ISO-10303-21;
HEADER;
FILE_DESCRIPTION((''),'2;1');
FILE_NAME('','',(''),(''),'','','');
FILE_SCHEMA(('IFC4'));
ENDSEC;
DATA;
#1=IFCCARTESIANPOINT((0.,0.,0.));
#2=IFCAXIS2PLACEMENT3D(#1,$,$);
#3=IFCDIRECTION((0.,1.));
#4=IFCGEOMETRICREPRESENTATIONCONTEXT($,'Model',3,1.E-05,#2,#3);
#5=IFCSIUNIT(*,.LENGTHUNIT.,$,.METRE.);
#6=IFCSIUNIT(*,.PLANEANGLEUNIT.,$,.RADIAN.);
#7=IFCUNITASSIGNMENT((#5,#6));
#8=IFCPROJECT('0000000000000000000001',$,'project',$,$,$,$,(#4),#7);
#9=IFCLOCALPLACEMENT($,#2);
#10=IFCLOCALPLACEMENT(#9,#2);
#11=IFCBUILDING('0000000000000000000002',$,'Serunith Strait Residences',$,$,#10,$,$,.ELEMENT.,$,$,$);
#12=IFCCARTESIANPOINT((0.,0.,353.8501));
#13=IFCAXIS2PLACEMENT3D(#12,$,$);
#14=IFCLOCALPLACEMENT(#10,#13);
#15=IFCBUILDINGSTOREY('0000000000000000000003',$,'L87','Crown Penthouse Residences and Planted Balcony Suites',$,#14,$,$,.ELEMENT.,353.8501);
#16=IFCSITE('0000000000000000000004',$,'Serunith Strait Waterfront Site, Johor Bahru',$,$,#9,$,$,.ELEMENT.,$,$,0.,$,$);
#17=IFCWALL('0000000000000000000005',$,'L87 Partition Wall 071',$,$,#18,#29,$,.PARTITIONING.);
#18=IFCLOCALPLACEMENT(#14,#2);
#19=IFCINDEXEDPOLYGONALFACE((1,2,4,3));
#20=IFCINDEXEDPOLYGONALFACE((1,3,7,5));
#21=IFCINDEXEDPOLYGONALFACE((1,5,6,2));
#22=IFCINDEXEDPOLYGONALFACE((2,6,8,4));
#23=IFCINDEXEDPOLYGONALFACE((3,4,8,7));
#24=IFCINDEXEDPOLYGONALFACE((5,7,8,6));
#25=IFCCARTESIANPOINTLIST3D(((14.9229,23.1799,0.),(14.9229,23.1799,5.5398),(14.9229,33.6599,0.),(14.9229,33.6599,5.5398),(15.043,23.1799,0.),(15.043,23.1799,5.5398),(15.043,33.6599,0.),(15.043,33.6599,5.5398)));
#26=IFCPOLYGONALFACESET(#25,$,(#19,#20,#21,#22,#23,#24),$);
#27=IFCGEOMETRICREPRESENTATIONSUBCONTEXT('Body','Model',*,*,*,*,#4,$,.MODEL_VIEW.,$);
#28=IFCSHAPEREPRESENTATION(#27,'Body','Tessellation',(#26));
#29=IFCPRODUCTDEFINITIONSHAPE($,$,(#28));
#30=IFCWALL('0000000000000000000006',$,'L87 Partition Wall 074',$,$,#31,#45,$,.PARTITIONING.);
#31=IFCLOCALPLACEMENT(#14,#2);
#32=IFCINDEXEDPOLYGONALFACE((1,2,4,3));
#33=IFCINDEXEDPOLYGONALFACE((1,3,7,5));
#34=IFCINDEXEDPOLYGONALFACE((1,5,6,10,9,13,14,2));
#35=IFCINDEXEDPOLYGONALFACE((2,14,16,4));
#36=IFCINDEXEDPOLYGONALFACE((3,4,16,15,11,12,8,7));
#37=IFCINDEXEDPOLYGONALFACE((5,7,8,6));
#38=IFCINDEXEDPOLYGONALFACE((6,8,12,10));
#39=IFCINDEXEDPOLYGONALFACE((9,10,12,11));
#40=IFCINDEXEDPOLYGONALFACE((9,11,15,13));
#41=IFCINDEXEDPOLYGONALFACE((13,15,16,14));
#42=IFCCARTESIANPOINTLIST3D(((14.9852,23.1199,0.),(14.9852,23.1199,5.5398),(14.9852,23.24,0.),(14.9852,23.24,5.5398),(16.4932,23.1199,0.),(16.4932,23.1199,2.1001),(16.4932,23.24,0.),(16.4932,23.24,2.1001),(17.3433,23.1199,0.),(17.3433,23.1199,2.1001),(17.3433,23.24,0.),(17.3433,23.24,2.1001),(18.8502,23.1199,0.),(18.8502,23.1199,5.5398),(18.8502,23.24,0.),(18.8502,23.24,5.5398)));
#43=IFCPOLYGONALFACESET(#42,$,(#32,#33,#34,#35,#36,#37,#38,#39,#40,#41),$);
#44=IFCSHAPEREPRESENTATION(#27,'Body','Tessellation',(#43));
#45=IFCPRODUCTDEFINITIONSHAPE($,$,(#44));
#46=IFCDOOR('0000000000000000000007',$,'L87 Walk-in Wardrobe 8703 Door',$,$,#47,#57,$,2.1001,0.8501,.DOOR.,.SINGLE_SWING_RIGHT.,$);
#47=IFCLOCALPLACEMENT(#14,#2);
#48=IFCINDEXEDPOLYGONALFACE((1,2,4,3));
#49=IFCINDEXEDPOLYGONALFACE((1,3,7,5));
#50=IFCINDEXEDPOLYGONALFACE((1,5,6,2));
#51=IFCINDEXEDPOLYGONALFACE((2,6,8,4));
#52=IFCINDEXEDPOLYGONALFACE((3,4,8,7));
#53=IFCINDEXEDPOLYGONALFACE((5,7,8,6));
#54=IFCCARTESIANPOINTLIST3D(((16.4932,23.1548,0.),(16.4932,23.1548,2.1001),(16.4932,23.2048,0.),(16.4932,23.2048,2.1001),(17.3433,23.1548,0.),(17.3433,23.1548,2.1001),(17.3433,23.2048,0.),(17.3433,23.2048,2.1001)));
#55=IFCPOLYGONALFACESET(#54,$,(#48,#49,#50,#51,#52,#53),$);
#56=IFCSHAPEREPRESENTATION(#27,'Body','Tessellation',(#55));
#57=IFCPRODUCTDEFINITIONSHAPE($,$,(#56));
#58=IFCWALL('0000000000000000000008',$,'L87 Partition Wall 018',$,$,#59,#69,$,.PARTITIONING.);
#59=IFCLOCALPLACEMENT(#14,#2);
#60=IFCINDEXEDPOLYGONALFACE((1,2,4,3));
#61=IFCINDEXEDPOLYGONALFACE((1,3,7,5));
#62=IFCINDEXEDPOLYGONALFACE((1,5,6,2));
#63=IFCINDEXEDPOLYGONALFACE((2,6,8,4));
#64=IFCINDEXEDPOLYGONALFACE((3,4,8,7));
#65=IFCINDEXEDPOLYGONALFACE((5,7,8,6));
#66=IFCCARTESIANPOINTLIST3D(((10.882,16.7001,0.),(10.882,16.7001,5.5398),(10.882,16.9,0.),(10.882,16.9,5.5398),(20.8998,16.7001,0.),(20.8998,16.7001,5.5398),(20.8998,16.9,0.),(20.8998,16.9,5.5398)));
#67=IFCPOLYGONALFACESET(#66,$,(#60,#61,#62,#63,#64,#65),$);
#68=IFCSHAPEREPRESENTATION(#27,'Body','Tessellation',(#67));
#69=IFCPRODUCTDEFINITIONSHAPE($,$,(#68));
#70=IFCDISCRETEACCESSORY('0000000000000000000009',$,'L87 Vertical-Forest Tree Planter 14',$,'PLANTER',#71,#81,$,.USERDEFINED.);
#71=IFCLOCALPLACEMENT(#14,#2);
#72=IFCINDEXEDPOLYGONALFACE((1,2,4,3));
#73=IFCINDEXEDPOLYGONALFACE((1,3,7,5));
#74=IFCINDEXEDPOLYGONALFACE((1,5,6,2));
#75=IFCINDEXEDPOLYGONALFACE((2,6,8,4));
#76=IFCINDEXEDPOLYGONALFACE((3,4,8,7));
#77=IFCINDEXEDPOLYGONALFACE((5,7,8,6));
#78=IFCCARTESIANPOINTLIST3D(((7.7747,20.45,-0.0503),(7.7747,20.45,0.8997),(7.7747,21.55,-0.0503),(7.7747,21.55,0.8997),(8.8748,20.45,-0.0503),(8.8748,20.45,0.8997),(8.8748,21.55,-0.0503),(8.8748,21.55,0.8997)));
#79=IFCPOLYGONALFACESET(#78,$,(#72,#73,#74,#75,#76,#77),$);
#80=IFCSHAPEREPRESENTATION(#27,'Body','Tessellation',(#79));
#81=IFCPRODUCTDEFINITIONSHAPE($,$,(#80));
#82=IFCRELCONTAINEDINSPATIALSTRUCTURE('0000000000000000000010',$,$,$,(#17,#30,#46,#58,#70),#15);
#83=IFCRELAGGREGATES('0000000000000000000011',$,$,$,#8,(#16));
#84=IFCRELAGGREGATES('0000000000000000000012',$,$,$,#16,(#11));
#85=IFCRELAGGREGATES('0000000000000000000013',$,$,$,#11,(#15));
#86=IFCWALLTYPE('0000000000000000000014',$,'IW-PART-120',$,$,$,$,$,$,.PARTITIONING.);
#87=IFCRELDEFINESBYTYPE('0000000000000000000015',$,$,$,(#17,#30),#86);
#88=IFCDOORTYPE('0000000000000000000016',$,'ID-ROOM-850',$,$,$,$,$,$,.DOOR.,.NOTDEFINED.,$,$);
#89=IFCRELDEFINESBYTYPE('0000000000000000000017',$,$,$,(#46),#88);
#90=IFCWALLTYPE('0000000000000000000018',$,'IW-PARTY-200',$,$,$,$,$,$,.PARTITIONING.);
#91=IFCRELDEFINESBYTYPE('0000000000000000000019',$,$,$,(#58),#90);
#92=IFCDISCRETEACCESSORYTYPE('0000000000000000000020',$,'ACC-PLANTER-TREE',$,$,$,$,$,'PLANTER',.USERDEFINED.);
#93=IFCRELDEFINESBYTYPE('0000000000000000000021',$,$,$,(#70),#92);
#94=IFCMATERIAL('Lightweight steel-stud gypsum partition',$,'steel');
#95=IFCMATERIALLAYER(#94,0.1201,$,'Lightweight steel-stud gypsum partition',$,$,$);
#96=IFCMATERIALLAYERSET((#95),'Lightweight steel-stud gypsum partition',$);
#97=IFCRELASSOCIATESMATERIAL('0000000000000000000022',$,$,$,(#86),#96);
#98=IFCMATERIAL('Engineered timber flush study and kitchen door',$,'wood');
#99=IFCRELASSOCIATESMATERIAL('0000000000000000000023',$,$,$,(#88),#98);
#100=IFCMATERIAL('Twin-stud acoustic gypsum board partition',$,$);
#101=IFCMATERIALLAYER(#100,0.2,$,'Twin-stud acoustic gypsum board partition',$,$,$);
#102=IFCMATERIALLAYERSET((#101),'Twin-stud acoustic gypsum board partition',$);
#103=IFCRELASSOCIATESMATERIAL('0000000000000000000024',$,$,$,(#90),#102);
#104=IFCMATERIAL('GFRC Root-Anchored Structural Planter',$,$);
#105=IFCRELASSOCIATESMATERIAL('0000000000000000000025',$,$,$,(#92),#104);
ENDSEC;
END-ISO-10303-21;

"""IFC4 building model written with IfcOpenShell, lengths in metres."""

from ifc_helpers import new_model, si_unit, direction, frame, frame_2d, origin, origin_2d, place, context, subcontext, project, spatial, rectangle, extrude, source, transform, mapped, material, layer, layer_set, type_object, element, fill, save


model = new_model("IFC4")

# Units and contexts
model_context = context("Model", 3, precision=1e-05, world=origin(), true_north=direction((0.0, 1.0)))
body_context = subcontext(model_context, "Body", "Model", "MODEL_VIEW")
ifc_project = project(units=[si_unit("LENGTHUNIT", "METRE"), si_unit("PLANEANGLEUNIT", "RADIAN")], contexts=[model_context])

# Site, building, storey
site_placement = place(None, origin())
site = spatial("IfcSite", under=ifc_project, at=site_placement, Name="Serunith Strait Waterfront Site, Johor Bahru", CompositionType="ELEMENT", RefElevation=0.0)
building_placement = place(site_placement, origin())
building = spatial("IfcBuilding", under=site, at=building_placement, Name="Serunith Strait Residences", CompositionType="ELEMENT")
storey_placement = place(building_placement, frame((0.0, 0.0, 353.8501)))
storey = spatial("IfcBuildingStorey", under=building, at=storey_placement, Name="L87", Description="Crown Penthouse Residences and Planted Balcony Suites", CompositionType="ELEMENT", Elevation=353.8501)

# Shared definitions
ifc_material_1 = material(Name="Lightweight steel-stud gypsum partition", Category="steel")
ifc_layer_1 = layer(ifc_material_1, 0.1201, Name="Lightweight steel-stud gypsum partition")
ifc_layer_set_1 = layer_set([ifc_layer_1], Name="Lightweight steel-stud gypsum partition")
wall_type_1 = type_object("IfcWallType", Name="IW-PART-120", PredefinedType="PARTITIONING", material=ifc_layer_set_1)
ifc_material_2 = material(Name="Engineered timber flush study and kitchen door", Category="wood")
door_type_1 = type_object("IfcDoorType", Name="ID-ROOM-850", OperationType="NOTDEFINED", PredefinedType="DOOR", material=ifc_material_2)
shared_shape_1 = source(origin(), body_context, "Body", "SweptSolid", [
    extrude(rectangle(XDim=0.8501, YDim=2.1001, at=frame_2d((0.425, 1.05))), frame((0.0, 0.0249, 0.0), z_axis=(0.0, -1.0, 0.0), x_axis=(1.0, 0.0, 0.0)), (0.0, 0.0, 1.0), 0.05),
])

# Wall
wall_1_placement = place(storey_placement, frame((14.9829, 23.1799, 0.0), z_axis=(0.0, 0.0, 1.0), x_axis=(0.0, 1.0, 0.0)))
element("IfcWall", 1, at=wall_1_placement, inside=storey, type_object=wall_type_1, Name="L87 Partition Wall 071", PredefinedType="PARTITIONING", context=body_context, shape_type="SweptSolid", body=[
    extrude(rectangle(XDim=10.48, YDim=0.1201, at=frame_2d((5.24, 0.0))), origin(), (0.0, 0.0, 1.0), 5.5398),
])

# Wall, opening, door
wall_2_placement = place(storey_placement, frame((14.9851, 23.1799, 0.0), z_axis=(0.0, 0.0, 1.0), x_axis=(1.0, 0.0, 0.0)))
wall_2 = element("IfcWall", 2, at=wall_2_placement, inside=storey, type_object=wall_type_1, Name="L87 Partition Wall 074", PredefinedType="PARTITIONING", context=body_context, shape_type="SweptSolid", body=[
    extrude(rectangle(XDim=3.865, YDim=0.1201, at=frame_2d((1.9326, 0.0))), origin(), (0.0, 0.0, 1.0), 5.5398),
])
opening_1_placement = place(wall_2_placement, frame((1.5081, 0.0, 0.0)))
opening_1 = element("IfcOpeningElement", 3, at=opening_1_placement, cuts=wall_2, PredefinedType="OPENING", context=body_context, shape_type="SweptSolid", body=[
    extrude(rectangle(XDim=0.8501, YDim=2.1001, at=frame_2d((0.425, 1.05))), frame((0.0, 0.0701, 0.0), z_axis=(0.0, -1.0, 0.0), x_axis=(1.0, 0.0, 0.0)), (0.0, 0.0, 1.0), 0.1401),
])
door_1_placement = place(opening_1_placement, origin())
door_1 = element("IfcDoor", 4, at=door_1_placement, inside=storey, type_object=door_type_1, Name="L87 Walk-in Wardrobe 8703 Door", OperationType="SINGLE_SWING_RIGHT", OverallHeight=2.1001, OverallWidth=0.8501, PredefinedType="DOOR", context=body_context, shape_type="MappedRepresentation", body=[
    mapped(shared_shape_1, transform((0.0, 0.0, 0.0), scale=1.0)),
])
fill(opening_1, door_1)

# Wall
ifc_material_3 = material(Name="Twin-stud acoustic gypsum board partition")
ifc_layer_2 = layer(ifc_material_3, 0.2, Name="Twin-stud acoustic gypsum board partition")
ifc_layer_set_2 = layer_set([ifc_layer_2], Name="Twin-stud acoustic gypsum board partition")
wall_type_2 = type_object("IfcWallType", Name="IW-PARTY-200", PredefinedType="PARTITIONING", material=ifc_layer_set_2)
wall_3_placement = place(storey_placement, frame((10.8821, 16.8, 0.0), z_axis=(0.0, 0.0, 1.0), x_axis=(1.0, 0.0, 0.0)))
element("IfcWall", 5, at=wall_3_placement, inside=storey, type_object=wall_type_2, Name="L87 Partition Wall 018", PredefinedType="PARTITIONING", context=body_context, shape_type="SweptSolid", body=[
    extrude(rectangle(XDim=10.0178, YDim=0.2, at=frame_2d((5.0088, 0.0))), origin(), (0.0, 0.0, 1.0), 5.5398),
])

# Discrete accessory
ifc_material_4 = material(Name="GFRC Root-Anchored Structural Planter")
discrete_accessory_type = type_object("IfcDiscreteAccessoryType", Name="ACC-PLANTER-TREE", ElementType="PLANTER", PredefinedType="USERDEFINED", material=ifc_material_4)
shared_shape_2 = source(origin(), body_context, "Body", "SweptSolid", [
    extrude(rectangle(XDim=1.1001, YDim=1.1001, at=origin_2d()), origin(), (0.0, 0.0, 1.0), 0.95),
])
discrete_accessory_placement = place(storey_placement, frame((8.3247, 21.0, -0.0503), z_axis=(0.0, 0.0, 1.0), x_axis=(0.0, -1.0, 0.0)))
element("IfcDiscreteAccessory", 6, at=discrete_accessory_placement, inside=storey, type_object=discrete_accessory_type, Name="L87 Vertical-Forest Tree Planter 14", ObjectType="PLANTER", PredefinedType="USERDEFINED", context=body_context, shape_type="MappedRepresentation", body=[
    mapped(shared_shape_2, transform((0.0, 0.0, 0.0), scale=1.0)),
])

save(model, "model.ifc")
